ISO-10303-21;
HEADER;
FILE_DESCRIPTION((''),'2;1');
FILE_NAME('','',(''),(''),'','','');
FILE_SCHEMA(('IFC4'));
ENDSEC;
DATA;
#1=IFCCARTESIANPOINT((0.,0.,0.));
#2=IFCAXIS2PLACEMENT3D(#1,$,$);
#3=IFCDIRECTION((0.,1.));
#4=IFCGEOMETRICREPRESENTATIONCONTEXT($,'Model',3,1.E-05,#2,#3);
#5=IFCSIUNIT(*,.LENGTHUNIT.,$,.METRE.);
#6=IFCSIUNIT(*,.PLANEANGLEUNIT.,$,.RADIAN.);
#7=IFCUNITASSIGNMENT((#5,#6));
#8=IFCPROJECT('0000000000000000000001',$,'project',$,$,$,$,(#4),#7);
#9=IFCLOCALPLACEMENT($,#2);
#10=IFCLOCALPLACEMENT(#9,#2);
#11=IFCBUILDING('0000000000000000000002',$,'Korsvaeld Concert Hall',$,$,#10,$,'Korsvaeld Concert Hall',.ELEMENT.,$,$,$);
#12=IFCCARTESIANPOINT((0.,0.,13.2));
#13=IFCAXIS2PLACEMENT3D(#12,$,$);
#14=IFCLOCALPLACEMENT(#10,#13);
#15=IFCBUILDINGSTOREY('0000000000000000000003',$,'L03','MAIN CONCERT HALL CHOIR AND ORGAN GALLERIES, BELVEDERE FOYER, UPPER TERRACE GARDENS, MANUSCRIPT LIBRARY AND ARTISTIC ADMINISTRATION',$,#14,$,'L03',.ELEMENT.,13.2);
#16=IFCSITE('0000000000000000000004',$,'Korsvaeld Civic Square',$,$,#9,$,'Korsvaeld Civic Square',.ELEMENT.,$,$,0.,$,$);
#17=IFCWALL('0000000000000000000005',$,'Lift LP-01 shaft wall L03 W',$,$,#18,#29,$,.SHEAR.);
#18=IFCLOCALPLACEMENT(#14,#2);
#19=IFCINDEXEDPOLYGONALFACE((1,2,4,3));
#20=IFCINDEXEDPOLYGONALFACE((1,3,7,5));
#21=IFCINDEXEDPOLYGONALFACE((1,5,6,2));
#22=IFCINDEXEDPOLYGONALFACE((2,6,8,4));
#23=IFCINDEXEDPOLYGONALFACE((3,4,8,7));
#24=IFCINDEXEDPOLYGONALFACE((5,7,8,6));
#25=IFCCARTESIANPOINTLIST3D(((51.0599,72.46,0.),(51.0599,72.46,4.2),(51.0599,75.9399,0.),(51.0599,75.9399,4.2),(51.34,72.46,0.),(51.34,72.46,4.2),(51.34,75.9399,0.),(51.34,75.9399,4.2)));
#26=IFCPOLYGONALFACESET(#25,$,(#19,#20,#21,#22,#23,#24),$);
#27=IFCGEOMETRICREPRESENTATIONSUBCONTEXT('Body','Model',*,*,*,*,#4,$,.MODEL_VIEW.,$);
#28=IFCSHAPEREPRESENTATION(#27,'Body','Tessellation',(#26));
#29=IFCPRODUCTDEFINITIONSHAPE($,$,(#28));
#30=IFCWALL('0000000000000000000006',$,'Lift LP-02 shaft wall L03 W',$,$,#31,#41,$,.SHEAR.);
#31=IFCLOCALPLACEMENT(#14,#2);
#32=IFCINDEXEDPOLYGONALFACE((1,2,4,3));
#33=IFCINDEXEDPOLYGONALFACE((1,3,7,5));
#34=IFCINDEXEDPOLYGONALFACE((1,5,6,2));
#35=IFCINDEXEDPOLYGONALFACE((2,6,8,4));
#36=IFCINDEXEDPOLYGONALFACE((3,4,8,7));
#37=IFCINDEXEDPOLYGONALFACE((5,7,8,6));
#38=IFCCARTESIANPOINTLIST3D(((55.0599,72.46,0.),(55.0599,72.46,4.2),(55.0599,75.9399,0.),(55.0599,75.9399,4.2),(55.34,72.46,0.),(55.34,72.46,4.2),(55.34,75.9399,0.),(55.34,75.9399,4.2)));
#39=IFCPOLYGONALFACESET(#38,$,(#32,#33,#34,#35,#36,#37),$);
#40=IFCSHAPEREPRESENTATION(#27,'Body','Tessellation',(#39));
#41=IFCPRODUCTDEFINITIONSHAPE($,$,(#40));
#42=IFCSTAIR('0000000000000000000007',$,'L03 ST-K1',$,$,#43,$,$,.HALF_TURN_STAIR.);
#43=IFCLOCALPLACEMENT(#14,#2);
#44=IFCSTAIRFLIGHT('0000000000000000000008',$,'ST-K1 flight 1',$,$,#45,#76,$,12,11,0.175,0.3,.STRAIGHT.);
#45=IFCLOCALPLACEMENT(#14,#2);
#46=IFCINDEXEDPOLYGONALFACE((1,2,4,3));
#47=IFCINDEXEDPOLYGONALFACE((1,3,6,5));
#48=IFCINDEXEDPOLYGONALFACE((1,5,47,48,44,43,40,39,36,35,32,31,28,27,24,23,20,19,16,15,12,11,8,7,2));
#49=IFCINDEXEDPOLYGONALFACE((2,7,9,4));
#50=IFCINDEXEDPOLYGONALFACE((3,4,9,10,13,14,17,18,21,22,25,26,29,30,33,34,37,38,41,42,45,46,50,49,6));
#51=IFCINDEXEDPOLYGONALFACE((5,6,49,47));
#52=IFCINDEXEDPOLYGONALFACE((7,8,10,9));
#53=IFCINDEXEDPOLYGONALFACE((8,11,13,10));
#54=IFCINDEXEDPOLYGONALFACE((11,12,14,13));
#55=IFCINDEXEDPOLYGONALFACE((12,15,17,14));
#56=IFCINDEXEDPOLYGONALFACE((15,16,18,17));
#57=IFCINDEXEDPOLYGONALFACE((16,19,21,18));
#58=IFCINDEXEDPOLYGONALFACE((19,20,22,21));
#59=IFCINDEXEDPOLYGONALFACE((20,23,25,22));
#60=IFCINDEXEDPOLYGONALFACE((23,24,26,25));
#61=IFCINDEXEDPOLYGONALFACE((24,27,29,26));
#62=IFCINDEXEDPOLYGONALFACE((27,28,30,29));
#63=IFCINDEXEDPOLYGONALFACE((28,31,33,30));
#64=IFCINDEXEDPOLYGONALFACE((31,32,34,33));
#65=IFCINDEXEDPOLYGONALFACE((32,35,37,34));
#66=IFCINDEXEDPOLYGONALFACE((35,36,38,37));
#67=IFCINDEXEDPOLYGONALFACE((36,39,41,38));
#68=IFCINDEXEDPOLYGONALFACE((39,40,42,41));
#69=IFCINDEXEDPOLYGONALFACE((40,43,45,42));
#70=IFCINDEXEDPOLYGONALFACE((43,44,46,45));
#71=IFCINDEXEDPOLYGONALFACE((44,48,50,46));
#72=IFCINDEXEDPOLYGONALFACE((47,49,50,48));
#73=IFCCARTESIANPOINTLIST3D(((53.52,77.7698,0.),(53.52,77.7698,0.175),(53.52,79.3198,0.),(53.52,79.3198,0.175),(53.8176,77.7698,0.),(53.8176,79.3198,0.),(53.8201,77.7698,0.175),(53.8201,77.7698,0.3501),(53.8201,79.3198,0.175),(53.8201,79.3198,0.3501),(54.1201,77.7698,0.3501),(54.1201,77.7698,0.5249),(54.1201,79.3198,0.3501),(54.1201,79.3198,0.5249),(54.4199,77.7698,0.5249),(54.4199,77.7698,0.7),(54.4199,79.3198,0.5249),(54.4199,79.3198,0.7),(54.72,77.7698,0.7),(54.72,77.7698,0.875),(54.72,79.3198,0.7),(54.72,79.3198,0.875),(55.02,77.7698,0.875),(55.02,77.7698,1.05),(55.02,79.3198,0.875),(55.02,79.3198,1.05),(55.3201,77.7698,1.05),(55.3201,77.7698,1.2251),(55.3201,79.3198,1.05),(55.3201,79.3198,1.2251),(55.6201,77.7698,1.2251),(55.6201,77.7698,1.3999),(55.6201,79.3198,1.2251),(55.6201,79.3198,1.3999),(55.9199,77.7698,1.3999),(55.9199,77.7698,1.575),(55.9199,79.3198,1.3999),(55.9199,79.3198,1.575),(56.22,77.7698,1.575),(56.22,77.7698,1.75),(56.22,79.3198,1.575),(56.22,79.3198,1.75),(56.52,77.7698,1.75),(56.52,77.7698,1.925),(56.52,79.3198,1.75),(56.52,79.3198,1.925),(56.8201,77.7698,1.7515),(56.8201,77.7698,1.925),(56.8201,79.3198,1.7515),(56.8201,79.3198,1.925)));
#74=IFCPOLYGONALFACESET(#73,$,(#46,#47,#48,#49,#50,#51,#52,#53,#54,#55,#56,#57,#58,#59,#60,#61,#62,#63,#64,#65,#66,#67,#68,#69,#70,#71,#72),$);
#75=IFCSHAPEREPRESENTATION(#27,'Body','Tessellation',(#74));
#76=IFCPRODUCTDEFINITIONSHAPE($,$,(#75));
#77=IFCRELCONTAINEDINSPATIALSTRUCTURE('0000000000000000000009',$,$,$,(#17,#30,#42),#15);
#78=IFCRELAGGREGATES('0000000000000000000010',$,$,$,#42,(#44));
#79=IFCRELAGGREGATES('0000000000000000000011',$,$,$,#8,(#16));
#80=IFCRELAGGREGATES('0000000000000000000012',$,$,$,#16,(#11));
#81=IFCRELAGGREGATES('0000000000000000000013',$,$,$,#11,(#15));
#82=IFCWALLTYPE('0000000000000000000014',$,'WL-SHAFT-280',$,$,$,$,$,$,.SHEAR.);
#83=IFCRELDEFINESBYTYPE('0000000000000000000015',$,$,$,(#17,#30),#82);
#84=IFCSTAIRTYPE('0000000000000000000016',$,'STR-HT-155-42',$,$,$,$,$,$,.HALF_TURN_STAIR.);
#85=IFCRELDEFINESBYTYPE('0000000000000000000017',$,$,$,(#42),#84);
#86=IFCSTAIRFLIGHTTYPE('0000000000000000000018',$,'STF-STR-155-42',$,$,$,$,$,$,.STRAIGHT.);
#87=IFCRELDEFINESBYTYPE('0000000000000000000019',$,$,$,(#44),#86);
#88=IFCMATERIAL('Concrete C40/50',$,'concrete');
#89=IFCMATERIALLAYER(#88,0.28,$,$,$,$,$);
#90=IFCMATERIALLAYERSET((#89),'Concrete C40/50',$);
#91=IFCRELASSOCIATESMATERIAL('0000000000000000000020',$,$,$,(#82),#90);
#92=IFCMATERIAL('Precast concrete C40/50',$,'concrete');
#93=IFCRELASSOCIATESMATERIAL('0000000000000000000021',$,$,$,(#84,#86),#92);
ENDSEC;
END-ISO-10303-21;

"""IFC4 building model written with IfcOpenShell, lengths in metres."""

from ifc_helpers import new_model, si_unit, direction, frame, frame_2d, origin, place, context, subcontext, project, spatial, polyline, rectangle, outline, extrude, material, layer, layer_set, type_object, element, aggregate, save


model = new_model("IFC4")

# Units and contexts
model_context = context("Model", 3, precision=1e-05, world=origin(), true_north=direction((0.0, 1.0)))
body_context = subcontext(model_context, "Body", "Model", "MODEL_VIEW")
ifc_project = project(units=[si_unit("LENGTHUNIT", "METRE"), si_unit("PLANEANGLEUNIT", "RADIAN")], contexts=[model_context])

# Site, building, storey
site_placement = place(None, origin())
site = spatial("IfcSite", under=ifc_project, at=site_placement, Name="Korsvaeld Civic Square", LongName="Korsvaeld Civic Square", CompositionType="ELEMENT", RefElevation=0.0)
building_placement = place(site_placement, origin())
building = spatial("IfcBuilding", under=site, at=building_placement, Name="Korsvaeld Concert Hall", LongName="Korsvaeld Concert Hall", CompositionType="ELEMENT")
storey_placement = place(building_placement, frame((0.0, 0.0, 13.2)))
storey = spatial("IfcBuildingStorey", under=building, at=storey_placement, Name="L03", Description="MAIN CONCERT HALL CHOIR AND ORGAN GALLERIES, BELVEDERE FOYER, UPPER TERRACE GARDENS, MANUSCRIPT LIBRARY AND ARTISTIC ADMINISTRATION", LongName="L03", CompositionType="ELEMENT", Elevation=13.2)

# Shared definitions
ifc_material_1 = material(Name="Concrete C40/50", Category="concrete")

# Shared definitions
ifc_layer_1 = layer(ifc_material_1, 0.28)
ifc_layer_set_1 = layer_set([ifc_layer_1], Name="Concrete C40/50")
wall_type_1 = type_object("IfcWallType", Name="WL-SHAFT-280", PredefinedType="SHEAR", material=ifc_layer_set_1)

# Wall
wall_1_placement = place(storey_placement, frame((51.2, 75.9399, 0.0), z_axis=(0.0, 0.0, 1.0), x_axis=(0.0, -1.0, 0.0)))
element("IfcWall", 1, at=wall_1_placement, inside=storey, type_object=wall_type_1, Name="Lift LP-01 shaft wall L03 W", PredefinedType="SHEAR", context=body_context, shape_type="SweptSolid", body=[
    extrude(rectangle(XDim=3.48, YDim=0.28, at=frame_2d((1.74, 0.0))), origin(), (0.0, 0.0, 1.0), 4.2),
])

# Wall
wall_2_placement = place(storey_placement, frame((55.2, 75.9399, 0.0), z_axis=(0.0, 0.0, 1.0), x_axis=(0.0, -1.0, 0.0)))
element("IfcWall", 2, at=wall_2_placement, inside=storey, type_object=wall_type_1, Name="Lift LP-02 shaft wall L03 W", PredefinedType="SHEAR", context=body_context, shape_type="SweptSolid", body=[
    extrude(rectangle(XDim=3.48, YDim=0.28, at=frame_2d((1.74, 0.0))), origin(), (0.0, 0.0, 1.0), 4.2),
])

# Stair, stair flight
ifc_material_2 = material(Name="Precast concrete C40/50", Category="concrete")
stair_type = type_object("IfcStairType", Name="STR-HT-155-42", PredefinedType="HALF_TURN_STAIR", material=ifc_material_2)
stair_placement = place(storey_placement, origin())
stair = element("IfcStair", 3, at=stair_placement, inside=storey, type_object=stair_type, Name="L03 ST-K1", PredefinedType="HALF_TURN_STAIR")
stair_flight_type = type_object("IfcStairFlightType", Name="STF-STR-155-42", PredefinedType="STRAIGHT", material=ifc_material_2)
stair_flight_placement = place(storey_placement, frame((53.52, 78.5449, 0.0), z_axis=(0.0, 0.0, 1.0), x_axis=(1.0, 0.0, 0.0)))
stair_flight = element("IfcStairFlight", 4, at=stair_flight_placement, type_object=stair_flight_type, Name="ST-K1 flight 1", NumberOfRisers=12, NumberOfTreads=11, PredefinedType="STRAIGHT", RiserHeight=0.175, TreadLength=0.3, context=body_context, shape_type="SweptSolid", body=[
    extrude(outline(polyline([(0.0, 0.0), (0.0, 0.175), (0.3, 0.175), (0.3, 0.3501), (0.6001, 0.3501), (0.6001, 0.5249), (0.8999, 0.5249), (0.8999, 0.7), (1.2, 0.7), (1.2, 0.875), (1.5, 0.875), (1.5, 1.05), (1.8, 1.05), (1.8, 1.2251), (2.1001, 1.2251), (2.1001, 1.3999), (2.3999, 1.3999), (2.3999, 1.575), (2.7, 1.575), (2.7, 1.75), (3.0, 1.75), (3.0, 1.925), (3.3, 1.925), (3.3, 2.1001), (3.3, 1.7515), (0.2976, 0.0), (0.0, 0.0)])), frame((0.0, 0.7749, 0.0), z_axis=(0.0, -1.0, 0.0), x_axis=(1.0, 0.0, 0.0)), (0.0, 0.0, 1.0), 1.55),
])
aggregate(stair, [stair_flight])

save(model, "model.ifc")
